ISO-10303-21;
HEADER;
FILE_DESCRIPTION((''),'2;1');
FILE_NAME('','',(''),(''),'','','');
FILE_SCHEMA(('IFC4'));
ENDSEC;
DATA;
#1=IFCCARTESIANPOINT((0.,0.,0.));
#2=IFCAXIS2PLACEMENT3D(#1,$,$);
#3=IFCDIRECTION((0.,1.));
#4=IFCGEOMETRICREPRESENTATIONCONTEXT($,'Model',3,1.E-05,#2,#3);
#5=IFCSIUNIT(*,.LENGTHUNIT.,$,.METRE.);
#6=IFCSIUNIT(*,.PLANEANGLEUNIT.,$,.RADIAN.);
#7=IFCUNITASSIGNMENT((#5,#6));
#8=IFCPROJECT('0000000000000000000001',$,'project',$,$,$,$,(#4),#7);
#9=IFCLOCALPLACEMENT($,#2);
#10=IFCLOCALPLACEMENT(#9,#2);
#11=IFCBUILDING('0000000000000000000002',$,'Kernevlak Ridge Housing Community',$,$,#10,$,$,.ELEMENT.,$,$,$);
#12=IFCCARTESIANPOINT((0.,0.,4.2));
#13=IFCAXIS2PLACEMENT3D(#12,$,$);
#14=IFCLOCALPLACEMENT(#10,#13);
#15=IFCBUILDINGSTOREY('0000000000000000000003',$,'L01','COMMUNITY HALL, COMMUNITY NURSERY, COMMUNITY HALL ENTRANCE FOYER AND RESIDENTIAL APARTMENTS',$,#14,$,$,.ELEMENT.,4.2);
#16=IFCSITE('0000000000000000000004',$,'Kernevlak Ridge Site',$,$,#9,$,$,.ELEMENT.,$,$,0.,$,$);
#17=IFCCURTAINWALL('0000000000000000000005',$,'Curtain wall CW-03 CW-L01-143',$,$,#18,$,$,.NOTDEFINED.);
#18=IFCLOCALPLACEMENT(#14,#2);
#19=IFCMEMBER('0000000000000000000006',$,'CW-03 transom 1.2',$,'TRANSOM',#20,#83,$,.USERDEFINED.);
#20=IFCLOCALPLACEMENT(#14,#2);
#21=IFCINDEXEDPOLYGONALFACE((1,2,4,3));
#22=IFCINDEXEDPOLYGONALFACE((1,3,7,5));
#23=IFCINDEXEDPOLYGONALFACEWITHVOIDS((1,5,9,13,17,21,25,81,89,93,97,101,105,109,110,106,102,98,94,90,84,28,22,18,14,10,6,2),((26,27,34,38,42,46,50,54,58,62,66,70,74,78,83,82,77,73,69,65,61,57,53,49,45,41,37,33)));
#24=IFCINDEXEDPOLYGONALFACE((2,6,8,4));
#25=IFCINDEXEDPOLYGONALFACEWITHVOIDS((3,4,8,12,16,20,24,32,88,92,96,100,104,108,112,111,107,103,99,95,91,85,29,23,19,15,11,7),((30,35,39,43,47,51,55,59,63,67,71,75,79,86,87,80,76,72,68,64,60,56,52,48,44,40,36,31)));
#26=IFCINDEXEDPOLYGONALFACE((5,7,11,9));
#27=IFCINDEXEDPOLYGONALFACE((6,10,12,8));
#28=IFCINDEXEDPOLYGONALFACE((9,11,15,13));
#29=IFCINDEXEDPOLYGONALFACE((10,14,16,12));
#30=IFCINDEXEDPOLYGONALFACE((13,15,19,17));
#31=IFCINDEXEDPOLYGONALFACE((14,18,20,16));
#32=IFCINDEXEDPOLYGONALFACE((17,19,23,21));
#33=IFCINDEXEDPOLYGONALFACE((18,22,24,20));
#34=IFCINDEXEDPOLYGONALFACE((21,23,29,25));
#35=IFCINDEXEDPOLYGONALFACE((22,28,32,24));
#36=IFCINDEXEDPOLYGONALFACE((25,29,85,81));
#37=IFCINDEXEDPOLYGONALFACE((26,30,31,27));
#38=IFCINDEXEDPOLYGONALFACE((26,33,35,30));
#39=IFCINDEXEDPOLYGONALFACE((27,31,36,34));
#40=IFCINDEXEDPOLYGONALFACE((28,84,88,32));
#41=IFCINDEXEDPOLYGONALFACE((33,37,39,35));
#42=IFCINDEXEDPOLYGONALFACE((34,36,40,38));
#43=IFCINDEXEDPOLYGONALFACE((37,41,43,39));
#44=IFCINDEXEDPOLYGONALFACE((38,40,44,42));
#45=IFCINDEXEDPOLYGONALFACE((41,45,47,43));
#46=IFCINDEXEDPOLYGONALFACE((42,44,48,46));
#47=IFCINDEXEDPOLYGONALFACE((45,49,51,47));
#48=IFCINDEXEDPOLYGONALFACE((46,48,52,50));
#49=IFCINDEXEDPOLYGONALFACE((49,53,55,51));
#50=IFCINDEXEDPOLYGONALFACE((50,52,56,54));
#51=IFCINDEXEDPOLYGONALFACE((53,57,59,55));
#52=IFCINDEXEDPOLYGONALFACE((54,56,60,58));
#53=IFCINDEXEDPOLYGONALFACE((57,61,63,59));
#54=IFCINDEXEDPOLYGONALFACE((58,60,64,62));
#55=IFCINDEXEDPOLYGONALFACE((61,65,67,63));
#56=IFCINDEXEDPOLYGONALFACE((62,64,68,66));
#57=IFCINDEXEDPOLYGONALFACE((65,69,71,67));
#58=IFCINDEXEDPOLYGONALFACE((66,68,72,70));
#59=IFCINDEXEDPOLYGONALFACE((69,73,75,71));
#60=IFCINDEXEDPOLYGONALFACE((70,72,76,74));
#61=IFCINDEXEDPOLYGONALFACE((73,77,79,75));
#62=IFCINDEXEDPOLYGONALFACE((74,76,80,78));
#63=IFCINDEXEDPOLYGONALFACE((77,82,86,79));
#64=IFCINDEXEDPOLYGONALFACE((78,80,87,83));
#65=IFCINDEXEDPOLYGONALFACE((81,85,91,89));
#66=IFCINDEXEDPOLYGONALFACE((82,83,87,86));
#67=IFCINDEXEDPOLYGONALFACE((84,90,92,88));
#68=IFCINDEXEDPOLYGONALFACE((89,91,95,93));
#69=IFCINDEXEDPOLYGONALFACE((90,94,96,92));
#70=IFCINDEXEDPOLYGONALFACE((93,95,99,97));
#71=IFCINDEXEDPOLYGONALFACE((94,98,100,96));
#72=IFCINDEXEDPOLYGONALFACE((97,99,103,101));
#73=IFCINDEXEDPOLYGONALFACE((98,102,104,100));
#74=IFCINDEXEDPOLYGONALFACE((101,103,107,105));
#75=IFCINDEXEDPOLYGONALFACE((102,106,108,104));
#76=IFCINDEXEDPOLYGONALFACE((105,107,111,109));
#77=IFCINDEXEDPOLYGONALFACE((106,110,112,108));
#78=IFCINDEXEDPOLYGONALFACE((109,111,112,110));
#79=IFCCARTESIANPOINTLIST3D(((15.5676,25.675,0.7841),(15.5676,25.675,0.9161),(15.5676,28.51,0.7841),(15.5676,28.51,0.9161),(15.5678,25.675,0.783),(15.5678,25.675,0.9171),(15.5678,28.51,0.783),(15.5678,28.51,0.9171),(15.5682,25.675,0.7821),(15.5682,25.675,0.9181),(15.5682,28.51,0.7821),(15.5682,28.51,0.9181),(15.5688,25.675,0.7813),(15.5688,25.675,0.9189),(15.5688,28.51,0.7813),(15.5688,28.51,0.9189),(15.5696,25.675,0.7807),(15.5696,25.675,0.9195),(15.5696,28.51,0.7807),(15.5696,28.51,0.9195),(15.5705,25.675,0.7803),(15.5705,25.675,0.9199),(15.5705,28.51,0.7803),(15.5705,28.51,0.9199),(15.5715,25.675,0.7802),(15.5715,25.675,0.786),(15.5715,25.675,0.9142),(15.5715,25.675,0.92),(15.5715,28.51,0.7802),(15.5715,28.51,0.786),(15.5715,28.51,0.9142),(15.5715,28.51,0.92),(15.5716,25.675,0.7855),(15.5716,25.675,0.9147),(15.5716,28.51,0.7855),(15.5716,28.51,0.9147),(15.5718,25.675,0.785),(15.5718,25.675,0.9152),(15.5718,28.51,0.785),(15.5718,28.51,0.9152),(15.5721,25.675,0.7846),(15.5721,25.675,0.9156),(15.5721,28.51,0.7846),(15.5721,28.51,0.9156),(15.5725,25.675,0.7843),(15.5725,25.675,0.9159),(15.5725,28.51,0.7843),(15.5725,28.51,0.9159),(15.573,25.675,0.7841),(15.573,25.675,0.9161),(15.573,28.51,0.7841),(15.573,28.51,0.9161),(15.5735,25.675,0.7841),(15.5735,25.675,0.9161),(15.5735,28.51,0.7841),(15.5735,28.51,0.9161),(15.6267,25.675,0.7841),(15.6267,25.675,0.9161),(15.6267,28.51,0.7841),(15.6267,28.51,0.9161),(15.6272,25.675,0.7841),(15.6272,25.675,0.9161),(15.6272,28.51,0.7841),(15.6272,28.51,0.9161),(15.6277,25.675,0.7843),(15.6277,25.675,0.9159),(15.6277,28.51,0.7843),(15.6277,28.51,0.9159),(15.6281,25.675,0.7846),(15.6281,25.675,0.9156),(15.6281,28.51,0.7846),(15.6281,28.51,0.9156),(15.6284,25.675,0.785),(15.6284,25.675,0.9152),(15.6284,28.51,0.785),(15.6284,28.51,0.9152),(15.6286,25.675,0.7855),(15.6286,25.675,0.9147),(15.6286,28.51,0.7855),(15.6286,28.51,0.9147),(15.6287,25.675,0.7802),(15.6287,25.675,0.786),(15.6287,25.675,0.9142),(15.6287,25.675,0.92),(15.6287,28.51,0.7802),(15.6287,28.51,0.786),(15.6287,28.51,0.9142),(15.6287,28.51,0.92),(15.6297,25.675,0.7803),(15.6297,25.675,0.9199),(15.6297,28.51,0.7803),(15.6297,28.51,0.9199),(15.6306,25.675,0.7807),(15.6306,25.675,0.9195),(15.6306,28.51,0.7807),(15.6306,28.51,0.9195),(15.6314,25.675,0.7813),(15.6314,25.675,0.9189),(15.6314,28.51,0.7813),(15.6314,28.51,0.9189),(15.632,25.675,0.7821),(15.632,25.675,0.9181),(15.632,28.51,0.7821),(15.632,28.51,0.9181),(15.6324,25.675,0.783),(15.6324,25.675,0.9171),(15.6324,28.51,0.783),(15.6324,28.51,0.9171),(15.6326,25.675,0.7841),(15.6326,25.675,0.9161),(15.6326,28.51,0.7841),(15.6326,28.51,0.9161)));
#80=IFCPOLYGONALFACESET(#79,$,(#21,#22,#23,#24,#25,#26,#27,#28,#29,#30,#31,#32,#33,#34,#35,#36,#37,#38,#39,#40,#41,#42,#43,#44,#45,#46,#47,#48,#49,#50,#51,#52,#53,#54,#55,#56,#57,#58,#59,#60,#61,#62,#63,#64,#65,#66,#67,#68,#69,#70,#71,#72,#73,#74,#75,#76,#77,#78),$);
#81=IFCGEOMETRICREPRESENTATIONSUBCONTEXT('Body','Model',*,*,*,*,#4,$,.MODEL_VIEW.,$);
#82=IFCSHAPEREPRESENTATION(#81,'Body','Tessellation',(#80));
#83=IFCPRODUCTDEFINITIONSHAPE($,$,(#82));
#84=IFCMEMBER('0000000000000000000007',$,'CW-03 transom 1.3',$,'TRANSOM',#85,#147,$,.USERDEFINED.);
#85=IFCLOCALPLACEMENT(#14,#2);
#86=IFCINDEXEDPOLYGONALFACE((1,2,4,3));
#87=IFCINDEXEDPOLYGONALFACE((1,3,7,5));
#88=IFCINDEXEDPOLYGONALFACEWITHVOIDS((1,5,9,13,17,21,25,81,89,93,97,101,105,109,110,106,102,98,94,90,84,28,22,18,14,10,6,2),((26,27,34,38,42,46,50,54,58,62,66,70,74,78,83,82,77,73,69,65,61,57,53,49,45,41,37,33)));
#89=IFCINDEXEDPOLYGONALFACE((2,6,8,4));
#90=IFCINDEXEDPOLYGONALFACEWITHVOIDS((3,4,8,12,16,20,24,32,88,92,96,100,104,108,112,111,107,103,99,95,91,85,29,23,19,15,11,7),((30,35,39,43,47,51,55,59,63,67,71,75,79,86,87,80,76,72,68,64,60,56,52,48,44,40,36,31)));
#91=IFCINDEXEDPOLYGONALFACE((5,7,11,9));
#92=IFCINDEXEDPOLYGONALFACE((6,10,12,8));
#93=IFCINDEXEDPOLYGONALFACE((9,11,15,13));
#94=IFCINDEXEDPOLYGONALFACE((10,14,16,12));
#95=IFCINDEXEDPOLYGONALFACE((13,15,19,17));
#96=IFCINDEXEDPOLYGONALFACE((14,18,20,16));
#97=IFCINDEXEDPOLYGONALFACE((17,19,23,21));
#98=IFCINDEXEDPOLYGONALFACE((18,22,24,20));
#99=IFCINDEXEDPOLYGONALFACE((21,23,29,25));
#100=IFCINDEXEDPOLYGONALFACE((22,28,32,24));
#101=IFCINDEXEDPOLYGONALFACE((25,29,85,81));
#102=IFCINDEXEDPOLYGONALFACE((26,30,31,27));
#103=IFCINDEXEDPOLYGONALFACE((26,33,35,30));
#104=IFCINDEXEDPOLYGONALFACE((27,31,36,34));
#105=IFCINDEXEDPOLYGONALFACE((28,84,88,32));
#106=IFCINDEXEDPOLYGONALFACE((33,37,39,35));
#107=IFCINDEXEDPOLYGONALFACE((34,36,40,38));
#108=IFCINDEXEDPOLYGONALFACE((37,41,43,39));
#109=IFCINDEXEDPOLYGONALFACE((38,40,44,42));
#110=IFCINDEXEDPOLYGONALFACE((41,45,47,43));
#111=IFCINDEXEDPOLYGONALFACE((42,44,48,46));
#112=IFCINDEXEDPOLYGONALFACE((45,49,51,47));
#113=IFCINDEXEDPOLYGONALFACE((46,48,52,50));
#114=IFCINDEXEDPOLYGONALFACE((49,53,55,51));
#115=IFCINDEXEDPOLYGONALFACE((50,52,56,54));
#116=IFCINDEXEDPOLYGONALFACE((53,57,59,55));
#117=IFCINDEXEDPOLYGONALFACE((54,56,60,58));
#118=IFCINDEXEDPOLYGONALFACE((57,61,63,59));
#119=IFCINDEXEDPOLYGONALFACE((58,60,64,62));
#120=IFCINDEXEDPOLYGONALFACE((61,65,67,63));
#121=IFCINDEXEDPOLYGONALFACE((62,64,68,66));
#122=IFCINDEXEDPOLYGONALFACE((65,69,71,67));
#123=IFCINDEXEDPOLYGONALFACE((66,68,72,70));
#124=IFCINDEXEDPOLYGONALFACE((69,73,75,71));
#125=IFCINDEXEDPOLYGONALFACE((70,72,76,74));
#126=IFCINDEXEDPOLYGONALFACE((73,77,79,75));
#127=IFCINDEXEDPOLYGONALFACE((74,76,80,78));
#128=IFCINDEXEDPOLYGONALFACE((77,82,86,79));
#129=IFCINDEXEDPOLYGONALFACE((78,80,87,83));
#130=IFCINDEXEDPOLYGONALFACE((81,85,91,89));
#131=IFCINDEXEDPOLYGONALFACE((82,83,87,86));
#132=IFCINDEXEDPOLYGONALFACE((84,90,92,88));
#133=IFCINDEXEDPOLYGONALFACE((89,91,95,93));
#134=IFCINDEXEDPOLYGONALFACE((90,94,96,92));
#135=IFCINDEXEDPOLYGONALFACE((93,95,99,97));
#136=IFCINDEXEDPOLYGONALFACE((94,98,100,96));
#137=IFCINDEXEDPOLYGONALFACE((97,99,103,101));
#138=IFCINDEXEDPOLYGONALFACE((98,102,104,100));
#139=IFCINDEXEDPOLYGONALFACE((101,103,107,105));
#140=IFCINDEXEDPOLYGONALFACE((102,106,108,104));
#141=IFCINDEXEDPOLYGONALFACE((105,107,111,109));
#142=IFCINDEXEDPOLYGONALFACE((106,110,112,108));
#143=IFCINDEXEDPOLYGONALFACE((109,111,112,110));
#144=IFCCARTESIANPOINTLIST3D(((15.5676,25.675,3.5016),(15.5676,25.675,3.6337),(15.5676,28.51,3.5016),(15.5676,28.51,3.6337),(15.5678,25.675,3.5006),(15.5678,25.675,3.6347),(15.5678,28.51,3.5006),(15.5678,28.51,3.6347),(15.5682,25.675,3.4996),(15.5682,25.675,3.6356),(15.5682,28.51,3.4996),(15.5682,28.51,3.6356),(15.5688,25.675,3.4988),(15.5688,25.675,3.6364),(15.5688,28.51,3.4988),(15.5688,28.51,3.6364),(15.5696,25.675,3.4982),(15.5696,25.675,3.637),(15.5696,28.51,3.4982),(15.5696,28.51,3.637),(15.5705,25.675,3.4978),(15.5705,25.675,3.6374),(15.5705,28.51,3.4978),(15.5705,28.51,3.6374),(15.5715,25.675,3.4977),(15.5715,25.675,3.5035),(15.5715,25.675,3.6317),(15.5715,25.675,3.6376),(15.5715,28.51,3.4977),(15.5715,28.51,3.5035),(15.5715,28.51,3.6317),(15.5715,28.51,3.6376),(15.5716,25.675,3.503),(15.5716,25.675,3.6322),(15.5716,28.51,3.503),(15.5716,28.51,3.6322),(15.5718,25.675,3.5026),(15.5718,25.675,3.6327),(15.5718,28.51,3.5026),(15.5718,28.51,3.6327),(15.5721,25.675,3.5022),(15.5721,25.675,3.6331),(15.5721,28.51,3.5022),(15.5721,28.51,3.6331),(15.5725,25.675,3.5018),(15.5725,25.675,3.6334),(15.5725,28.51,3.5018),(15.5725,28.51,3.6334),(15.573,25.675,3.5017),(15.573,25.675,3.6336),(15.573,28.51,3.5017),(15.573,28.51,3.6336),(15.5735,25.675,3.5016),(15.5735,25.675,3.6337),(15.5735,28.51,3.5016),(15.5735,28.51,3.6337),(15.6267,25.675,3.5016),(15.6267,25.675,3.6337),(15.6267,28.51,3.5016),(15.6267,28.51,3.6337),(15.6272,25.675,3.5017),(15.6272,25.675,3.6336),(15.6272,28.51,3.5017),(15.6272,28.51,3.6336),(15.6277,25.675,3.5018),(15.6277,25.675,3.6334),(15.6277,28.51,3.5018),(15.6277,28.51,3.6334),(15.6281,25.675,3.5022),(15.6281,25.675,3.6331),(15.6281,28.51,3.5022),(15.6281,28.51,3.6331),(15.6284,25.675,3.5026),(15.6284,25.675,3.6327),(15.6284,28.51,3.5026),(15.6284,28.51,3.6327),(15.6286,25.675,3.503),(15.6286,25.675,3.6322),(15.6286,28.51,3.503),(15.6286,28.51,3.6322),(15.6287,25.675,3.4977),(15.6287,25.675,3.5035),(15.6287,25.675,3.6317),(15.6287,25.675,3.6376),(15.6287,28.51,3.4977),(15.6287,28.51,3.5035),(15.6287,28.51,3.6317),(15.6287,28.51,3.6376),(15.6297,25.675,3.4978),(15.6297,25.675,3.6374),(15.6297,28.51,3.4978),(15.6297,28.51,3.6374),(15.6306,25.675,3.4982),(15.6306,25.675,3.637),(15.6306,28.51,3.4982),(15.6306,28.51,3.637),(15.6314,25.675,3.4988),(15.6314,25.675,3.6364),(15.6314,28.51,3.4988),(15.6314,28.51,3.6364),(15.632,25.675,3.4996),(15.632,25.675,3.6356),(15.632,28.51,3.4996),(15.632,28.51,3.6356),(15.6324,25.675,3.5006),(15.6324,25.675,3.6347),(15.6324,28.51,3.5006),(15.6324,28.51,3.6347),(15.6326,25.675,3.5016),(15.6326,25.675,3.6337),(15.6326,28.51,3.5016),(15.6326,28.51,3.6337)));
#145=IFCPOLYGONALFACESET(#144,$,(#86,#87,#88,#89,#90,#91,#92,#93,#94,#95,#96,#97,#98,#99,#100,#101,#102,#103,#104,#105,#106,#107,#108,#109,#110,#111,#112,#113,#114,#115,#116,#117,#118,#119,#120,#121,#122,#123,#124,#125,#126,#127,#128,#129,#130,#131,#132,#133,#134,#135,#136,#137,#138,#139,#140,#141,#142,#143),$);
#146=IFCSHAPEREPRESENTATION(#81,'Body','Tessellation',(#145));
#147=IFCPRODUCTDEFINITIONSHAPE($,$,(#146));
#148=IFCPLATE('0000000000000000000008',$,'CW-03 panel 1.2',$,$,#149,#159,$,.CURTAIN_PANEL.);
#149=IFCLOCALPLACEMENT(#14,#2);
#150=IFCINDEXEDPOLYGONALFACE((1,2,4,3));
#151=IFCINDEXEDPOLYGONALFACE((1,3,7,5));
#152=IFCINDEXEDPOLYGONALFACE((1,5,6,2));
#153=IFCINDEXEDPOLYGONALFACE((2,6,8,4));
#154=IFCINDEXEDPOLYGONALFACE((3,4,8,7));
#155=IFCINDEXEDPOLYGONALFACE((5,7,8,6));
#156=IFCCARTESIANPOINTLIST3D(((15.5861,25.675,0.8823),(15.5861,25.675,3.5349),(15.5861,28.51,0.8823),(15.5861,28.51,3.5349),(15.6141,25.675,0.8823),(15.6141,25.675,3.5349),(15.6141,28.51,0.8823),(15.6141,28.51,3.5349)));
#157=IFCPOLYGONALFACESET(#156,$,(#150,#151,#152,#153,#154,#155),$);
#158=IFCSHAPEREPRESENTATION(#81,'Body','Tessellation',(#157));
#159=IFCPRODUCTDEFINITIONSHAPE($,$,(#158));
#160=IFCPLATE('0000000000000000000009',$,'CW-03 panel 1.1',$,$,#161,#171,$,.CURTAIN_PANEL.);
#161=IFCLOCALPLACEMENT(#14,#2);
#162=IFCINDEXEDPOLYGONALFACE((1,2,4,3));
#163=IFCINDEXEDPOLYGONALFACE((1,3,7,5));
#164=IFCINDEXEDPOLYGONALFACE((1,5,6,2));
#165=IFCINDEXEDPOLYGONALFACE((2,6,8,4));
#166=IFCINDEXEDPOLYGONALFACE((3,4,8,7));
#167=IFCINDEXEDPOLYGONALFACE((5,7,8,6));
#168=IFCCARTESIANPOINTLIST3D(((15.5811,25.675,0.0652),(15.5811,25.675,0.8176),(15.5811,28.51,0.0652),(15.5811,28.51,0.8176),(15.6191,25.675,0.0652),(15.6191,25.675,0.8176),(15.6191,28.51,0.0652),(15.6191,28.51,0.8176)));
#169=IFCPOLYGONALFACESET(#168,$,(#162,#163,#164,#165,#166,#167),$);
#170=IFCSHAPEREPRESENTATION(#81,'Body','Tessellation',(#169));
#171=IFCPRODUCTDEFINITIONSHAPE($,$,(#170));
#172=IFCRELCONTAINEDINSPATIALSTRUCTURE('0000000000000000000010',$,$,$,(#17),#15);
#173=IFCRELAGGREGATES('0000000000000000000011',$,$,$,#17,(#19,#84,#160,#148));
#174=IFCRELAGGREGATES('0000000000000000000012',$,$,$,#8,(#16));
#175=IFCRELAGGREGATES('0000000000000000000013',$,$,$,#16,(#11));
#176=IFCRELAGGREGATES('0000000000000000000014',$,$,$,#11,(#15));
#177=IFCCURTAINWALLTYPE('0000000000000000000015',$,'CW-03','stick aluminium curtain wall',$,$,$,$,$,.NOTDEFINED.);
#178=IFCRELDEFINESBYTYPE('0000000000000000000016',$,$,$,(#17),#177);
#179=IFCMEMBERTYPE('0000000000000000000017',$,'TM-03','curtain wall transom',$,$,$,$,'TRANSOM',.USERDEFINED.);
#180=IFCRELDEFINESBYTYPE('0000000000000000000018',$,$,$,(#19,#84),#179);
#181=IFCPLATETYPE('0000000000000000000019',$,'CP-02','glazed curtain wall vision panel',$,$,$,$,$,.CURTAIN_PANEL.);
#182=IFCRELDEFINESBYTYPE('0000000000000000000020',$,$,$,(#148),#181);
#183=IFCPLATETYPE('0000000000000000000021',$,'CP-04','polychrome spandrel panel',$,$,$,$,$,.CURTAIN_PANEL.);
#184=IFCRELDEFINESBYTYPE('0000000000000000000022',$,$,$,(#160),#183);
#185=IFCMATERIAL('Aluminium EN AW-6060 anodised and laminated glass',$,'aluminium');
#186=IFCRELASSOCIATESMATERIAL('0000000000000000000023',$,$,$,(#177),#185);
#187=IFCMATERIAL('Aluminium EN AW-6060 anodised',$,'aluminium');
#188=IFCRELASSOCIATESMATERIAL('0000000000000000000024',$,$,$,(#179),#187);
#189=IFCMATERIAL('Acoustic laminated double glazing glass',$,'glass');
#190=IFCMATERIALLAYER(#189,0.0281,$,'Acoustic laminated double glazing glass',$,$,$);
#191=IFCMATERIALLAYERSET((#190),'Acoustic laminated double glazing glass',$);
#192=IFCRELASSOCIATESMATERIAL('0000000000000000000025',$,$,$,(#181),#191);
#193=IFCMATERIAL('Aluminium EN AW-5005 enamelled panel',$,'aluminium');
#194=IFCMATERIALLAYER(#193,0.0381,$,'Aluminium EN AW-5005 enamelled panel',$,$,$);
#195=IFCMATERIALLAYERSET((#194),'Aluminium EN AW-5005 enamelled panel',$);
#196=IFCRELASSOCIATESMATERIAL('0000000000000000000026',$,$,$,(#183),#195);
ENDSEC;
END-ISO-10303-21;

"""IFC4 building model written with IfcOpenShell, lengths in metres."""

from ifc_helpers import new_model, si_unit, direction, frame, origin, origin_2d, place, context, subcontext, project, spatial, rectangle, hollow_rectangle, extrude, material, layer, layer_set, material_profile, profile_set, type_object, element, aggregate, save


model = new_model("IFC4")

# Units and contexts
model_context = context("Model", 3, precision=1e-05, world=origin(), true_north=direction((0.0, 1.0)))
body_context = subcontext(model_context, "Body", "Model", "MODEL_VIEW")
ifc_project = project(units=[si_unit("LENGTHUNIT", "METRE"), si_unit("PLANEANGLEUNIT", "RADIAN")], contexts=[model_context])

# Site, building, storey
site_placement = place(None, origin())
site = spatial("IfcSite", under=ifc_project, at=site_placement, Name="Kernevlak Ridge Site", CompositionType="ELEMENT", RefElevation=0.0)
building_placement = place(site_placement, origin())
building = spatial("IfcBuilding", under=site, at=building_placement, Name="Kernevlak Ridge Housing Community", CompositionType="ELEMENT")
storey_placement = place(building_placement, frame((0.0, 0.0, 4.2)))
storey = spatial("IfcBuildingStorey", under=building, at=storey_placement, Name="L01", Description="COMMUNITY HALL, COMMUNITY NURSERY, COMMUNITY HALL ENTRANCE FOYER AND RESIDENTIAL APARTMENTS", CompositionType="ELEMENT", Elevation=4.2)

# Shared definitions
ifc_material_1 = material(Name="Aluminium EN AW-6060 anodised and laminated glass", Category="aluminium")
ifc_material_2 = material(Name="Aluminium EN AW-6060 anodised", Category="aluminium")

# Curtain wall, members, plates
curtain_wall_type_1 = type_object("IfcCurtainWallType", Name="CW-03", Description="stick aluminium curtain wall", PredefinedType="NOTDEFINED", material=ifc_material_1)
curtain_wall_1_placement = place(storey_placement, origin())
curtain_wall_1 = element("IfcCurtainWall", 1, at=curtain_wall_1_placement, inside=storey, type_object=curtain_wall_type_1, Name="Curtain wall CW-03 CW-L01-143", PredefinedType="NOTDEFINED")
ifc_material_profile_1 = material_profile(ifc_material_2, hollow_rectangle(XDim=0.0649, YDim=0.1399, WallThickness=0.0039, InnerFilletRadius=0.002, OuterFilletRadius=0.0039, at=origin_2d()), Name="ALU 65x140x4")
ifc_profile_set_1 = profile_set([ifc_material_profile_1], Name="Aluminium EN AW-6060 anodised")
member_type_1 = type_object("IfcMemberType", Name="TM-03", Description="curtain wall transom", ElementType="TRANSOM", PredefinedType="USERDEFINED", material=ifc_profile_set_1)
member_1_placement = place(storey_placement, frame((15.6001, 25.675, 0.8501), z_axis=(0.0, 1.0, 0.0), x_axis=(-1.0, 0.0, 0.0)))
member_1 = element("IfcMember", 2, at=member_1_placement, type_object=member_type_1, Name="CW-03 transom 1.2", ObjectType="TRANSOM", PredefinedType="USERDEFINED", context=body_context, shape_type="SweptSolid", body=[
    extrude(hollow_rectangle(XDim=0.0649, YDim=0.1399, WallThickness=0.0039, InnerFilletRadius=0.002, OuterFilletRadius=0.0039, at=origin_2d()), origin(), (0.0, 0.0, 1.0), 2.835),
])
member_2_placement = place(storey_placement, frame((15.6001, 25.675, 3.5676), z_axis=(0.0, 1.0, 0.0), x_axis=(-1.0, 0.0, 0.0)))
member_2 = element("IfcMember", 3, at=member_2_placement, type_object=member_type_1, Name="CW-03 transom 1.3", ObjectType="TRANSOM", PredefinedType="USERDEFINED", context=body_context, shape_type="SweptSolid", body=[
    extrude(hollow_rectangle(XDim=0.0649, YDim=0.1399, WallThickness=0.0039, InnerFilletRadius=0.002, OuterFilletRadius=0.0039, at=origin_2d()), origin(), (0.0, 0.0, 1.0), 2.835),
])
ifc_material_3 = material(Name="Acoustic laminated double glazing glass", Category="glass")
ifc_layer_1 = layer(ifc_material_3, 0.0281, Name="Acoustic laminated double glazing glass")
ifc_layer_set_1 = layer_set([ifc_layer_1], Name="Acoustic laminated double glazing glass")
plate_type_1 = type_object("IfcPlateType", Name="CP-02", Description="glazed curtain wall vision panel", PredefinedType="CURTAIN_PANEL", material=ifc_layer_set_1)
plate_1_placement = place(storey_placement, frame((15.6001, 27.0925, 0.8823), z_axis=(0.0, 0.0, 1.0), x_axis=(0.0, 1.0, 0.0)))
plate_1 = element("IfcPlate", 4, at=plate_1_placement, type_object=plate_type_1, Name="CW-03 panel 1.2", PredefinedType="CURTAIN_PANEL", context=body_context, shape_type="SweptSolid", body=[
    extrude(rectangle(XDim=2.835, YDim=0.0281, at=origin_2d()), origin(), (0.0, 0.0, 1.0), 2.6526),
])
ifc_material_4 = material(Name="Aluminium EN AW-5005 enamelled panel", Category="aluminium")
ifc_layer_2 = layer(ifc_material_4, 0.0381, Name="Aluminium EN AW-5005 enamelled panel")
ifc_layer_set_2 = layer_set([ifc_layer_2], Name="Aluminium EN AW-5005 enamelled panel")
plate_type_2 = type_object("IfcPlateType", Name="CP-04", Description="polychrome spandrel panel", PredefinedType="CURTAIN_PANEL", material=ifc_layer_set_2)
plate_2_placement = place(storey_placement, frame((15.6001, 27.0925, 0.0652), z_axis=(0.0, 0.0, 1.0), x_axis=(0.0, 1.0, 0.0)))
plate_2 = element("IfcPlate", 5, at=plate_2_placement, type_object=plate_type_2, Name="CW-03 panel 1.1", PredefinedType="CURTAIN_PANEL", context=body_context, shape_type="SweptSolid", body=[
    extrude(rectangle(XDim=2.835, YDim=0.0381, at=origin_2d()), origin(), (0.0, 0.0, 1.0), 0.7524),
])
aggregate(curtain_wall_1, [member_1, member_2, plate_2, plate_1])

save(model, "model.ifc")
